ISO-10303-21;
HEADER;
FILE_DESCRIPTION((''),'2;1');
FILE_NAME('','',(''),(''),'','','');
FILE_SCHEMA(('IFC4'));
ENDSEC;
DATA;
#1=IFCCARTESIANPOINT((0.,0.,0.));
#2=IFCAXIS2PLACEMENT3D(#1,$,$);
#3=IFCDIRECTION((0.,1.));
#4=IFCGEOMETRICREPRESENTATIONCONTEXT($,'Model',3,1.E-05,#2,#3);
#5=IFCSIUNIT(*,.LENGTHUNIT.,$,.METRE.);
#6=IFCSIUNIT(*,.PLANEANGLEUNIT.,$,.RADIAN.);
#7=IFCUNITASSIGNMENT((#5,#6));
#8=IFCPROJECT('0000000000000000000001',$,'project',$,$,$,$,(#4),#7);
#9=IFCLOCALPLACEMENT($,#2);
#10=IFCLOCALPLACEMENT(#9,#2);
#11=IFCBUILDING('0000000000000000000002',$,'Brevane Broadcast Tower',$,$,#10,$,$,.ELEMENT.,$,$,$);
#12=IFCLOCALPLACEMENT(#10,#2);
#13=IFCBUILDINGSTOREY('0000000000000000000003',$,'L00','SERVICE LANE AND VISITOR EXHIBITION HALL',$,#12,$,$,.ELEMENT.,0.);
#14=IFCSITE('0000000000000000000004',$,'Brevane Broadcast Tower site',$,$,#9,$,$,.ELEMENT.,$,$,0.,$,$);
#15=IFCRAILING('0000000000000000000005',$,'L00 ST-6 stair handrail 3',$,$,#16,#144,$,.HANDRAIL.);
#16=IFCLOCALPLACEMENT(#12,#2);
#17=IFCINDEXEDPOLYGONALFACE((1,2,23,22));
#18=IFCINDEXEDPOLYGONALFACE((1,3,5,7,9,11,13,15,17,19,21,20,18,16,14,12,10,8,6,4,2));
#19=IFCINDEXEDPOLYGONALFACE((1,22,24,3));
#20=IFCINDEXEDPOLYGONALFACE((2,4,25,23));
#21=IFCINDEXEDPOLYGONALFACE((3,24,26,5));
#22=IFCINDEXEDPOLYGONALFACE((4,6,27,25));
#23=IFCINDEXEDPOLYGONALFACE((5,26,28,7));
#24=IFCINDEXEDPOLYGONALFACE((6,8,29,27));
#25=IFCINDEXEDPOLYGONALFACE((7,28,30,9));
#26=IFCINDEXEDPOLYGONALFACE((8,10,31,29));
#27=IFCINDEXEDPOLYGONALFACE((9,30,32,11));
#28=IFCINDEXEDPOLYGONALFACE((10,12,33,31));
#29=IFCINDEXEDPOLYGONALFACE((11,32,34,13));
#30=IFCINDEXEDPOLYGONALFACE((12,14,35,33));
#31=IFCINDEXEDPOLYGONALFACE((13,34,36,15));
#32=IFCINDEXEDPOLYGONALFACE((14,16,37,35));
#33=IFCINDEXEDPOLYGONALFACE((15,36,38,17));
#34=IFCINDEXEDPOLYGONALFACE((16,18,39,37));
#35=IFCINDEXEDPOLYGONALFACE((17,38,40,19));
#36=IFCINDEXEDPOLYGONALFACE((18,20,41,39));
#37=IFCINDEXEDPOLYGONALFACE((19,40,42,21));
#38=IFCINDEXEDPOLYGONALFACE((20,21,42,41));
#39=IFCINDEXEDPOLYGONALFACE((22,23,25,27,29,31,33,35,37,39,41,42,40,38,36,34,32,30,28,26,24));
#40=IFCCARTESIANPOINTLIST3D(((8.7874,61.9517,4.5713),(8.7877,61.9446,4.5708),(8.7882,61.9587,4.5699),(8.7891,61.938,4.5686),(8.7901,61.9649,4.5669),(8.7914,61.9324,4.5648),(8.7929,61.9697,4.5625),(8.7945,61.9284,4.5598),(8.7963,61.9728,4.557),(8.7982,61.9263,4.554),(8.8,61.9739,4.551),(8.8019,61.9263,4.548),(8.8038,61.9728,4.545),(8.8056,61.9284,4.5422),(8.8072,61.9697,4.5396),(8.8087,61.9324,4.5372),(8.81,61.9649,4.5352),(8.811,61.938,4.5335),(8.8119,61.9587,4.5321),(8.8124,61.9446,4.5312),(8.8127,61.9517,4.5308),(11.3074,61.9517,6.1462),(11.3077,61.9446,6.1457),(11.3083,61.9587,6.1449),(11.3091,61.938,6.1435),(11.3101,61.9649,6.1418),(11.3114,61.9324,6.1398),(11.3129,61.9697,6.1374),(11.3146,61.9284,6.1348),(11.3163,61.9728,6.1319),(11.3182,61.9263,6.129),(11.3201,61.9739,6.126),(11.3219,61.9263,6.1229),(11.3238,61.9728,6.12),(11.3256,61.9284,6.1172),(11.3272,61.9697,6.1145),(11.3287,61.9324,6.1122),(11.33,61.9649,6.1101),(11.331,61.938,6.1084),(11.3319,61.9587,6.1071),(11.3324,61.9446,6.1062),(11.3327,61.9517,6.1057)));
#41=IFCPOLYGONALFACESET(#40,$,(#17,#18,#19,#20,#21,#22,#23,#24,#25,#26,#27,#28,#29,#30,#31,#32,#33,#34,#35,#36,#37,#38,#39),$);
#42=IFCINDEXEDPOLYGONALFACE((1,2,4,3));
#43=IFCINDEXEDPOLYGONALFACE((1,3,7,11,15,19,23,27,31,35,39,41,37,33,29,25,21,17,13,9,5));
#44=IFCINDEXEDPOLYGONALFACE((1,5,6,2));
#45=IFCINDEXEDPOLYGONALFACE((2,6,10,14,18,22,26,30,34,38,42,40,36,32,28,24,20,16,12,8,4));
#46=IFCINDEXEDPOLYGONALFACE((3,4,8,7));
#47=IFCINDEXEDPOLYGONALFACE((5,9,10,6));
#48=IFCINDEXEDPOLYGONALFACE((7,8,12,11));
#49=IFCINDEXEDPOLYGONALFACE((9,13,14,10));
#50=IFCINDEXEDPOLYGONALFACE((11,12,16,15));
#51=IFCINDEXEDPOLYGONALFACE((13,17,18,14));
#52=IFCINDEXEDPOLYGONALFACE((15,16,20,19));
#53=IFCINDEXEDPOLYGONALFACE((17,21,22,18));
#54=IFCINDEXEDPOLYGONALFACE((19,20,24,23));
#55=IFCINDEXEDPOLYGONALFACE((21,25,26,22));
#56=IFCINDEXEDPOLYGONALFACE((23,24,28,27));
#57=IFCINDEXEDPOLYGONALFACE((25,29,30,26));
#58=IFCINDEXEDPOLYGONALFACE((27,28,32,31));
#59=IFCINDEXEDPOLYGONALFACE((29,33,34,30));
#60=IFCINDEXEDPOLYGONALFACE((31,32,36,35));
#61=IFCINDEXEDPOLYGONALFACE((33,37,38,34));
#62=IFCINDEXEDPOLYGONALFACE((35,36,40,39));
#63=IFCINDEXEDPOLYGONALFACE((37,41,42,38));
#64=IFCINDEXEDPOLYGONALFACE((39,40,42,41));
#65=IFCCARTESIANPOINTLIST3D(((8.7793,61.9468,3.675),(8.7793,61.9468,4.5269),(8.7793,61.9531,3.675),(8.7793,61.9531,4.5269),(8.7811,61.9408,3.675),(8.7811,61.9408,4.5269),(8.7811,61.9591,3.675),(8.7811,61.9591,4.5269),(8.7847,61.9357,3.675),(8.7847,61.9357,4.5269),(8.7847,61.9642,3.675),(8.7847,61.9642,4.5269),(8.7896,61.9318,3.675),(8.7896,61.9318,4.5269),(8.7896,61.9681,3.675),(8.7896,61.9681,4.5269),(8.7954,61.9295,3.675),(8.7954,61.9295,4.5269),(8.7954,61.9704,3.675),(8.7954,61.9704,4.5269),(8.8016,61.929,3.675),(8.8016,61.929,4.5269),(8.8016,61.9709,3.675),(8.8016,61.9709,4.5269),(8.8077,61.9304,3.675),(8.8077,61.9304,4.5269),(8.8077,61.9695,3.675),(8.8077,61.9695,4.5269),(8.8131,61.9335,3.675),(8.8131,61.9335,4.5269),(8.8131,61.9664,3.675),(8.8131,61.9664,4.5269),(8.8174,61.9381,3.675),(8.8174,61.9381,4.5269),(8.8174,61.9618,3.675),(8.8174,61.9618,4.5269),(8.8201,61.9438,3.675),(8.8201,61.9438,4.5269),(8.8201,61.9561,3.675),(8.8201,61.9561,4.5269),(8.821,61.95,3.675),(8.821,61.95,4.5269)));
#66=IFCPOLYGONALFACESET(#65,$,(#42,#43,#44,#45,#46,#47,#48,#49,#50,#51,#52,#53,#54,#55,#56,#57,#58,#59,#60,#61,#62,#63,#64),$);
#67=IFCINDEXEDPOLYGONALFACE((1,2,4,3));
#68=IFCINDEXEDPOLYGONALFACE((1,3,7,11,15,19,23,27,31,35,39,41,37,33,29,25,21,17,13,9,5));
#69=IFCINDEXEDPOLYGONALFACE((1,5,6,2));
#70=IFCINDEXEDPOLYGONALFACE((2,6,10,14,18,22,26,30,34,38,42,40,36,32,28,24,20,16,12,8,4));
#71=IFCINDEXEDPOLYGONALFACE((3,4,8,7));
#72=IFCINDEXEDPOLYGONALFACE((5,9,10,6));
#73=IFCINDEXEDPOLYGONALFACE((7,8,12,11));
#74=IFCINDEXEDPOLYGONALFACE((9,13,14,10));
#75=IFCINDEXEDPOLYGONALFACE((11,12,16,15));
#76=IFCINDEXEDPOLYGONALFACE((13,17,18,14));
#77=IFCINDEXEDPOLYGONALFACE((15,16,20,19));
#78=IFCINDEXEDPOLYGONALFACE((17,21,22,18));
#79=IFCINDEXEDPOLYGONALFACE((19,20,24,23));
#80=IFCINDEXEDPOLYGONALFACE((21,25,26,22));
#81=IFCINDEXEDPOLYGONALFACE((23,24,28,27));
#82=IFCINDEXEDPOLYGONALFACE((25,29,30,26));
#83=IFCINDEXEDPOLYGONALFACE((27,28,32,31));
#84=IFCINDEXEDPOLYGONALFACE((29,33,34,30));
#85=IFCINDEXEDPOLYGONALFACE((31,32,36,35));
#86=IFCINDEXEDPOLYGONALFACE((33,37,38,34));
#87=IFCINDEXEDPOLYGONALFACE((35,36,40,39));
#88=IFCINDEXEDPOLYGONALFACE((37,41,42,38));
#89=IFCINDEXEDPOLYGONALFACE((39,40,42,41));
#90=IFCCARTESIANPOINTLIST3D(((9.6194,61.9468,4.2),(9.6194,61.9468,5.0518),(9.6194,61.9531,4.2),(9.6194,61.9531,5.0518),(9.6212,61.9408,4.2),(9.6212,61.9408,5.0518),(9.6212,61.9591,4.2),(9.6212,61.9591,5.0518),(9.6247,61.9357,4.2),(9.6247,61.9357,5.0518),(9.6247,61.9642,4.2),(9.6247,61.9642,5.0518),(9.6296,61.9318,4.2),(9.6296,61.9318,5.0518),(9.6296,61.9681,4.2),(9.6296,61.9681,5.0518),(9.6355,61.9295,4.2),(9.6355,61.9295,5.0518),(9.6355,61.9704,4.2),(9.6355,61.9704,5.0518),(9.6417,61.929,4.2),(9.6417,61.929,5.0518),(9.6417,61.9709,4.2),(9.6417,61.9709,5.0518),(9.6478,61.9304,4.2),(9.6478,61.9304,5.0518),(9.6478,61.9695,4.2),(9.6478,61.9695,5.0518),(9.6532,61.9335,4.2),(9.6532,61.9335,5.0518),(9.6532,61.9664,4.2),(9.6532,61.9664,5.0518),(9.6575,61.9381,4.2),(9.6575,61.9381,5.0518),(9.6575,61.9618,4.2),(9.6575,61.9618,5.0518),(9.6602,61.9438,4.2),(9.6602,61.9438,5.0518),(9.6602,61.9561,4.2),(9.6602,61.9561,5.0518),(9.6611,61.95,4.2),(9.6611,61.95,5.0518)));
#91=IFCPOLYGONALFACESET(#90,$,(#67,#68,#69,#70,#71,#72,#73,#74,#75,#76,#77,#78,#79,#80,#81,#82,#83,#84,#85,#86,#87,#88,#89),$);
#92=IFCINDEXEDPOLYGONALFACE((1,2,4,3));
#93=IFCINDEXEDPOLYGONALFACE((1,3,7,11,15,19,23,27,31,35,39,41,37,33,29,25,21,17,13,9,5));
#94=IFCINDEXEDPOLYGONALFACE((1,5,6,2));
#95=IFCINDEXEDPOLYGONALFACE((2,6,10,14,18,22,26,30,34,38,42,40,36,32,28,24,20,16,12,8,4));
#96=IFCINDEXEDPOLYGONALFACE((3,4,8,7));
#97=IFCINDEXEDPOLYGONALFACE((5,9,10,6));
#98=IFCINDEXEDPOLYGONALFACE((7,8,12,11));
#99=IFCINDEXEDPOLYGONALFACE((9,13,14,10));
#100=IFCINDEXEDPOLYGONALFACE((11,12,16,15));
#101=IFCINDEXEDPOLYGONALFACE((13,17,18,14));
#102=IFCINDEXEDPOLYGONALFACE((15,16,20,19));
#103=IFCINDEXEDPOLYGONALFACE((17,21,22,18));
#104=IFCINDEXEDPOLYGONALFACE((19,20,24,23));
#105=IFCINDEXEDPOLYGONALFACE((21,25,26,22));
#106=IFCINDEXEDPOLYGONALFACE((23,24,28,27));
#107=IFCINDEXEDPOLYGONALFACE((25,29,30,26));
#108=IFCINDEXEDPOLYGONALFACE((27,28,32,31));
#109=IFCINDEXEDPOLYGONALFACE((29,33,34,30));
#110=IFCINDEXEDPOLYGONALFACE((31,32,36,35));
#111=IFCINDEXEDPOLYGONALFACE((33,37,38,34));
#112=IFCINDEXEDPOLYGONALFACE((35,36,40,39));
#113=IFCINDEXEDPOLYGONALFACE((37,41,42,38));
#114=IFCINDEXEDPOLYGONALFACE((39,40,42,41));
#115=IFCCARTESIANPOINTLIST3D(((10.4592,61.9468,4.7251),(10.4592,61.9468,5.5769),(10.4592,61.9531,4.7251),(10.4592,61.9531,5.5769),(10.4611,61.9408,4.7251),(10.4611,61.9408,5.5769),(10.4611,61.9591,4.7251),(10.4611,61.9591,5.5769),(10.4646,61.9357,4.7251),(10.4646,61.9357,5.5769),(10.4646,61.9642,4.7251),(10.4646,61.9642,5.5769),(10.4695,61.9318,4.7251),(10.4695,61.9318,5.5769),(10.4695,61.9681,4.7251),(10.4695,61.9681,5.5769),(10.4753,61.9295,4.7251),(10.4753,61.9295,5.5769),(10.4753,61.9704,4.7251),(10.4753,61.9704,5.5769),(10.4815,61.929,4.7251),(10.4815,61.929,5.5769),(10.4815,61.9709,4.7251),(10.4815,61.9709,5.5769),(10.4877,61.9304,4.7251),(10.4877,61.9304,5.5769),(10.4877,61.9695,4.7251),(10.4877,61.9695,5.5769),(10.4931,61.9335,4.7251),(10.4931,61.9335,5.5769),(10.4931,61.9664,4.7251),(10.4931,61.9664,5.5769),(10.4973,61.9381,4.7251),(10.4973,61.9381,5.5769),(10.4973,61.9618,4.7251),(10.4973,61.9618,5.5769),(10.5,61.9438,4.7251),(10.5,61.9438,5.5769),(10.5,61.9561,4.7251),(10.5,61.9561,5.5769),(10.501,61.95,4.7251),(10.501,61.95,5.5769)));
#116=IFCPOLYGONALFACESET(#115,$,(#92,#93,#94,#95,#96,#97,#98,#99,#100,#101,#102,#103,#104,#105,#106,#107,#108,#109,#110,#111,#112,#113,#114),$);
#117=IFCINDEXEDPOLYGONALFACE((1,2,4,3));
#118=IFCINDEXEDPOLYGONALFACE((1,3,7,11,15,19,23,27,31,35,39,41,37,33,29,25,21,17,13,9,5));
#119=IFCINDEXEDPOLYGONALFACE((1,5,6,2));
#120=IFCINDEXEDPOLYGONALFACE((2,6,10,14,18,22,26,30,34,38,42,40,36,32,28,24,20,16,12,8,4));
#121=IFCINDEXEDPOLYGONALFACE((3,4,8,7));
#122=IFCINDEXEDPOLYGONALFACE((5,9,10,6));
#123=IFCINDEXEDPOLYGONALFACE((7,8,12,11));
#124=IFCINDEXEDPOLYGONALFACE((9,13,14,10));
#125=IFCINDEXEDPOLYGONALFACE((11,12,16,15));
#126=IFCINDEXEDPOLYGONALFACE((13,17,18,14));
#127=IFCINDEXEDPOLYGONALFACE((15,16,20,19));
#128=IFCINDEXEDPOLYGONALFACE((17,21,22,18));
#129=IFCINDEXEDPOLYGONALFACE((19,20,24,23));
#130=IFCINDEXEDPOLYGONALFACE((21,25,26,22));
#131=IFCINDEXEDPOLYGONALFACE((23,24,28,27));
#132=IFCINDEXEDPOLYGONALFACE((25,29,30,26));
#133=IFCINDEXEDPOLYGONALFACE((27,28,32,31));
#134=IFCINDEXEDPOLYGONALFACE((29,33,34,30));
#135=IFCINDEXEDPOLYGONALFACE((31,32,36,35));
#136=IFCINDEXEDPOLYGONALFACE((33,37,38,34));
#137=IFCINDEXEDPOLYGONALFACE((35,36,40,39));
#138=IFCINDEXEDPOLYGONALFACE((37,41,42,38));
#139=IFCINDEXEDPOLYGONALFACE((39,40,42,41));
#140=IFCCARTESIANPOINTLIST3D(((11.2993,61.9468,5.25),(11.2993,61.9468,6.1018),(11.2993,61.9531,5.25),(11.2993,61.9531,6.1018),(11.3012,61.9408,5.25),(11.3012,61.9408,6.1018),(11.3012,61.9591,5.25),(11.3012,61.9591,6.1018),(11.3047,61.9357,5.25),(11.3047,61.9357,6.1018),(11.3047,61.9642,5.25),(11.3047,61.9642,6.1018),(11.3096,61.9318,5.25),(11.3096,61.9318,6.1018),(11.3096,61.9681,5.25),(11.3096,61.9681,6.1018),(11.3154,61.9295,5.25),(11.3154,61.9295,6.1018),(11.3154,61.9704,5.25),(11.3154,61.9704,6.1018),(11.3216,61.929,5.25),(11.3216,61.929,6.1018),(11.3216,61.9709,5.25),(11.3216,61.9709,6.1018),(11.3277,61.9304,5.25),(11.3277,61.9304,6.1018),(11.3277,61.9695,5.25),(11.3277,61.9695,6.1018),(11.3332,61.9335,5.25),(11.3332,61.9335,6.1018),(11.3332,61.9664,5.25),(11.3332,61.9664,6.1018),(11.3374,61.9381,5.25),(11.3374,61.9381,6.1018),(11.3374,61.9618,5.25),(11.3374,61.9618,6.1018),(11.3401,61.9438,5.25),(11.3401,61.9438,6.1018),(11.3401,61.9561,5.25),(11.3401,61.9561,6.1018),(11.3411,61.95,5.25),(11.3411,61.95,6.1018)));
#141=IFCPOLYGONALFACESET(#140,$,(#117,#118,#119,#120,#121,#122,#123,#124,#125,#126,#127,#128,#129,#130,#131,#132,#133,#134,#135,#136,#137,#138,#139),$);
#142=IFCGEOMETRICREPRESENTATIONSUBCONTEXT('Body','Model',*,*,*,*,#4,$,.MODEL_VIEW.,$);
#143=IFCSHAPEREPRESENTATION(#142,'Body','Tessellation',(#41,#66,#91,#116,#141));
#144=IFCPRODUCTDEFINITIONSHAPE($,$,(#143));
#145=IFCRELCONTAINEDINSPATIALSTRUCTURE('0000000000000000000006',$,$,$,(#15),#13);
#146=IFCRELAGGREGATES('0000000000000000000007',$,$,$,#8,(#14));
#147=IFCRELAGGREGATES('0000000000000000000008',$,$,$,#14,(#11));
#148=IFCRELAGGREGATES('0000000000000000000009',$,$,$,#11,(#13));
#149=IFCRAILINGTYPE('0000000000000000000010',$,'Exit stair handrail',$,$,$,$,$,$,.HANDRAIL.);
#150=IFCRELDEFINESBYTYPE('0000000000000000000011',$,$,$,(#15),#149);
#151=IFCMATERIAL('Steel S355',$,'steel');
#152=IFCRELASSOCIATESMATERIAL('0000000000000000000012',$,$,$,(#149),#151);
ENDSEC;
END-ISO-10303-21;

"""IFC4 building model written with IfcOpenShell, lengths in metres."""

from ifc_helpers import new_model, si_unit, direction, frame, origin, origin_2d, place, context, subcontext, project, spatial, circle, extrude, material, type_object, element, save


model = new_model("IFC4")

# Units and contexts
model_context = context("Model", 3, precision=1e-05, world=origin(), true_north=direction((0.0, 1.0)))
body_context = subcontext(model_context, "Body", "Model", "MODEL_VIEW")
ifc_project = project(units=[si_unit("LENGTHUNIT", "METRE"), si_unit("PLANEANGLEUNIT", "RADIAN")], contexts=[model_context])

# Site, building, storey
site_placement = place(None, origin())
site = spatial("IfcSite", under=ifc_project, at=site_placement, Name="Brevane Broadcast Tower site", CompositionType="ELEMENT", RefElevation=0.0)
building_placement = place(site_placement, origin())
building = spatial("IfcBuilding", under=site, at=building_placement, Name="Brevane Broadcast Tower", CompositionType="ELEMENT")
storey_placement = place(building_placement, origin())
storey = spatial("IfcBuildingStorey", under=building, at=storey_placement, Name="L00", Description="SERVICE LANE AND VISITOR EXHIBITION HALL", CompositionType="ELEMENT", Elevation=0.0)

# Railing
ifc_material_1 = material(Name="Steel S355", Category="steel")
railing_type = type_object("IfcRailingType", Name="Exit stair handrail", PredefinedType="HANDRAIL", material=ifc_material_1)
for number, where, name in (
    (1, (8.8, 61.95, 3.675), "L00 ST-6 stair handrail 3"),
):
    element("IfcRailing", number, at=place(storey_placement, frame(where)), inside=storey, type_object=railing_type, Name=name, PredefinedType="HANDRAIL", context=body_context, shape_type="SweptSolid", body=[
        extrude(circle(Radius=0.0239, at=origin_2d()), frame((0.0, 0.0, 0.876), z_axis=(0.848008, 0.0, 0.529984), x_axis=(0.0, 1.0, 0.0)), (0.0, 0.0, 1.0), 2.9717),
        extrude(circle(Radius=0.021, at=origin_2d()), origin(), (0.0, 0.0, 1.0), 0.8518),
        extrude(circle(Radius=0.021, at=origin_2d()), frame((0.8401, 0.0, 0.5249)), (0.0, 0.0, 1.0), 0.8518),
        extrude(circle(Radius=0.021, at=origin_2d()), frame((1.6799, 0.0, 1.05)), (0.0, 0.0, 1.0), 0.8518),
        extrude(circle(Radius=0.021, at=origin_2d()), frame((2.52, 0.0, 1.575)), (0.0, 0.0, 1.0), 0.8518),
    ])

save(model, "model.ifc")
